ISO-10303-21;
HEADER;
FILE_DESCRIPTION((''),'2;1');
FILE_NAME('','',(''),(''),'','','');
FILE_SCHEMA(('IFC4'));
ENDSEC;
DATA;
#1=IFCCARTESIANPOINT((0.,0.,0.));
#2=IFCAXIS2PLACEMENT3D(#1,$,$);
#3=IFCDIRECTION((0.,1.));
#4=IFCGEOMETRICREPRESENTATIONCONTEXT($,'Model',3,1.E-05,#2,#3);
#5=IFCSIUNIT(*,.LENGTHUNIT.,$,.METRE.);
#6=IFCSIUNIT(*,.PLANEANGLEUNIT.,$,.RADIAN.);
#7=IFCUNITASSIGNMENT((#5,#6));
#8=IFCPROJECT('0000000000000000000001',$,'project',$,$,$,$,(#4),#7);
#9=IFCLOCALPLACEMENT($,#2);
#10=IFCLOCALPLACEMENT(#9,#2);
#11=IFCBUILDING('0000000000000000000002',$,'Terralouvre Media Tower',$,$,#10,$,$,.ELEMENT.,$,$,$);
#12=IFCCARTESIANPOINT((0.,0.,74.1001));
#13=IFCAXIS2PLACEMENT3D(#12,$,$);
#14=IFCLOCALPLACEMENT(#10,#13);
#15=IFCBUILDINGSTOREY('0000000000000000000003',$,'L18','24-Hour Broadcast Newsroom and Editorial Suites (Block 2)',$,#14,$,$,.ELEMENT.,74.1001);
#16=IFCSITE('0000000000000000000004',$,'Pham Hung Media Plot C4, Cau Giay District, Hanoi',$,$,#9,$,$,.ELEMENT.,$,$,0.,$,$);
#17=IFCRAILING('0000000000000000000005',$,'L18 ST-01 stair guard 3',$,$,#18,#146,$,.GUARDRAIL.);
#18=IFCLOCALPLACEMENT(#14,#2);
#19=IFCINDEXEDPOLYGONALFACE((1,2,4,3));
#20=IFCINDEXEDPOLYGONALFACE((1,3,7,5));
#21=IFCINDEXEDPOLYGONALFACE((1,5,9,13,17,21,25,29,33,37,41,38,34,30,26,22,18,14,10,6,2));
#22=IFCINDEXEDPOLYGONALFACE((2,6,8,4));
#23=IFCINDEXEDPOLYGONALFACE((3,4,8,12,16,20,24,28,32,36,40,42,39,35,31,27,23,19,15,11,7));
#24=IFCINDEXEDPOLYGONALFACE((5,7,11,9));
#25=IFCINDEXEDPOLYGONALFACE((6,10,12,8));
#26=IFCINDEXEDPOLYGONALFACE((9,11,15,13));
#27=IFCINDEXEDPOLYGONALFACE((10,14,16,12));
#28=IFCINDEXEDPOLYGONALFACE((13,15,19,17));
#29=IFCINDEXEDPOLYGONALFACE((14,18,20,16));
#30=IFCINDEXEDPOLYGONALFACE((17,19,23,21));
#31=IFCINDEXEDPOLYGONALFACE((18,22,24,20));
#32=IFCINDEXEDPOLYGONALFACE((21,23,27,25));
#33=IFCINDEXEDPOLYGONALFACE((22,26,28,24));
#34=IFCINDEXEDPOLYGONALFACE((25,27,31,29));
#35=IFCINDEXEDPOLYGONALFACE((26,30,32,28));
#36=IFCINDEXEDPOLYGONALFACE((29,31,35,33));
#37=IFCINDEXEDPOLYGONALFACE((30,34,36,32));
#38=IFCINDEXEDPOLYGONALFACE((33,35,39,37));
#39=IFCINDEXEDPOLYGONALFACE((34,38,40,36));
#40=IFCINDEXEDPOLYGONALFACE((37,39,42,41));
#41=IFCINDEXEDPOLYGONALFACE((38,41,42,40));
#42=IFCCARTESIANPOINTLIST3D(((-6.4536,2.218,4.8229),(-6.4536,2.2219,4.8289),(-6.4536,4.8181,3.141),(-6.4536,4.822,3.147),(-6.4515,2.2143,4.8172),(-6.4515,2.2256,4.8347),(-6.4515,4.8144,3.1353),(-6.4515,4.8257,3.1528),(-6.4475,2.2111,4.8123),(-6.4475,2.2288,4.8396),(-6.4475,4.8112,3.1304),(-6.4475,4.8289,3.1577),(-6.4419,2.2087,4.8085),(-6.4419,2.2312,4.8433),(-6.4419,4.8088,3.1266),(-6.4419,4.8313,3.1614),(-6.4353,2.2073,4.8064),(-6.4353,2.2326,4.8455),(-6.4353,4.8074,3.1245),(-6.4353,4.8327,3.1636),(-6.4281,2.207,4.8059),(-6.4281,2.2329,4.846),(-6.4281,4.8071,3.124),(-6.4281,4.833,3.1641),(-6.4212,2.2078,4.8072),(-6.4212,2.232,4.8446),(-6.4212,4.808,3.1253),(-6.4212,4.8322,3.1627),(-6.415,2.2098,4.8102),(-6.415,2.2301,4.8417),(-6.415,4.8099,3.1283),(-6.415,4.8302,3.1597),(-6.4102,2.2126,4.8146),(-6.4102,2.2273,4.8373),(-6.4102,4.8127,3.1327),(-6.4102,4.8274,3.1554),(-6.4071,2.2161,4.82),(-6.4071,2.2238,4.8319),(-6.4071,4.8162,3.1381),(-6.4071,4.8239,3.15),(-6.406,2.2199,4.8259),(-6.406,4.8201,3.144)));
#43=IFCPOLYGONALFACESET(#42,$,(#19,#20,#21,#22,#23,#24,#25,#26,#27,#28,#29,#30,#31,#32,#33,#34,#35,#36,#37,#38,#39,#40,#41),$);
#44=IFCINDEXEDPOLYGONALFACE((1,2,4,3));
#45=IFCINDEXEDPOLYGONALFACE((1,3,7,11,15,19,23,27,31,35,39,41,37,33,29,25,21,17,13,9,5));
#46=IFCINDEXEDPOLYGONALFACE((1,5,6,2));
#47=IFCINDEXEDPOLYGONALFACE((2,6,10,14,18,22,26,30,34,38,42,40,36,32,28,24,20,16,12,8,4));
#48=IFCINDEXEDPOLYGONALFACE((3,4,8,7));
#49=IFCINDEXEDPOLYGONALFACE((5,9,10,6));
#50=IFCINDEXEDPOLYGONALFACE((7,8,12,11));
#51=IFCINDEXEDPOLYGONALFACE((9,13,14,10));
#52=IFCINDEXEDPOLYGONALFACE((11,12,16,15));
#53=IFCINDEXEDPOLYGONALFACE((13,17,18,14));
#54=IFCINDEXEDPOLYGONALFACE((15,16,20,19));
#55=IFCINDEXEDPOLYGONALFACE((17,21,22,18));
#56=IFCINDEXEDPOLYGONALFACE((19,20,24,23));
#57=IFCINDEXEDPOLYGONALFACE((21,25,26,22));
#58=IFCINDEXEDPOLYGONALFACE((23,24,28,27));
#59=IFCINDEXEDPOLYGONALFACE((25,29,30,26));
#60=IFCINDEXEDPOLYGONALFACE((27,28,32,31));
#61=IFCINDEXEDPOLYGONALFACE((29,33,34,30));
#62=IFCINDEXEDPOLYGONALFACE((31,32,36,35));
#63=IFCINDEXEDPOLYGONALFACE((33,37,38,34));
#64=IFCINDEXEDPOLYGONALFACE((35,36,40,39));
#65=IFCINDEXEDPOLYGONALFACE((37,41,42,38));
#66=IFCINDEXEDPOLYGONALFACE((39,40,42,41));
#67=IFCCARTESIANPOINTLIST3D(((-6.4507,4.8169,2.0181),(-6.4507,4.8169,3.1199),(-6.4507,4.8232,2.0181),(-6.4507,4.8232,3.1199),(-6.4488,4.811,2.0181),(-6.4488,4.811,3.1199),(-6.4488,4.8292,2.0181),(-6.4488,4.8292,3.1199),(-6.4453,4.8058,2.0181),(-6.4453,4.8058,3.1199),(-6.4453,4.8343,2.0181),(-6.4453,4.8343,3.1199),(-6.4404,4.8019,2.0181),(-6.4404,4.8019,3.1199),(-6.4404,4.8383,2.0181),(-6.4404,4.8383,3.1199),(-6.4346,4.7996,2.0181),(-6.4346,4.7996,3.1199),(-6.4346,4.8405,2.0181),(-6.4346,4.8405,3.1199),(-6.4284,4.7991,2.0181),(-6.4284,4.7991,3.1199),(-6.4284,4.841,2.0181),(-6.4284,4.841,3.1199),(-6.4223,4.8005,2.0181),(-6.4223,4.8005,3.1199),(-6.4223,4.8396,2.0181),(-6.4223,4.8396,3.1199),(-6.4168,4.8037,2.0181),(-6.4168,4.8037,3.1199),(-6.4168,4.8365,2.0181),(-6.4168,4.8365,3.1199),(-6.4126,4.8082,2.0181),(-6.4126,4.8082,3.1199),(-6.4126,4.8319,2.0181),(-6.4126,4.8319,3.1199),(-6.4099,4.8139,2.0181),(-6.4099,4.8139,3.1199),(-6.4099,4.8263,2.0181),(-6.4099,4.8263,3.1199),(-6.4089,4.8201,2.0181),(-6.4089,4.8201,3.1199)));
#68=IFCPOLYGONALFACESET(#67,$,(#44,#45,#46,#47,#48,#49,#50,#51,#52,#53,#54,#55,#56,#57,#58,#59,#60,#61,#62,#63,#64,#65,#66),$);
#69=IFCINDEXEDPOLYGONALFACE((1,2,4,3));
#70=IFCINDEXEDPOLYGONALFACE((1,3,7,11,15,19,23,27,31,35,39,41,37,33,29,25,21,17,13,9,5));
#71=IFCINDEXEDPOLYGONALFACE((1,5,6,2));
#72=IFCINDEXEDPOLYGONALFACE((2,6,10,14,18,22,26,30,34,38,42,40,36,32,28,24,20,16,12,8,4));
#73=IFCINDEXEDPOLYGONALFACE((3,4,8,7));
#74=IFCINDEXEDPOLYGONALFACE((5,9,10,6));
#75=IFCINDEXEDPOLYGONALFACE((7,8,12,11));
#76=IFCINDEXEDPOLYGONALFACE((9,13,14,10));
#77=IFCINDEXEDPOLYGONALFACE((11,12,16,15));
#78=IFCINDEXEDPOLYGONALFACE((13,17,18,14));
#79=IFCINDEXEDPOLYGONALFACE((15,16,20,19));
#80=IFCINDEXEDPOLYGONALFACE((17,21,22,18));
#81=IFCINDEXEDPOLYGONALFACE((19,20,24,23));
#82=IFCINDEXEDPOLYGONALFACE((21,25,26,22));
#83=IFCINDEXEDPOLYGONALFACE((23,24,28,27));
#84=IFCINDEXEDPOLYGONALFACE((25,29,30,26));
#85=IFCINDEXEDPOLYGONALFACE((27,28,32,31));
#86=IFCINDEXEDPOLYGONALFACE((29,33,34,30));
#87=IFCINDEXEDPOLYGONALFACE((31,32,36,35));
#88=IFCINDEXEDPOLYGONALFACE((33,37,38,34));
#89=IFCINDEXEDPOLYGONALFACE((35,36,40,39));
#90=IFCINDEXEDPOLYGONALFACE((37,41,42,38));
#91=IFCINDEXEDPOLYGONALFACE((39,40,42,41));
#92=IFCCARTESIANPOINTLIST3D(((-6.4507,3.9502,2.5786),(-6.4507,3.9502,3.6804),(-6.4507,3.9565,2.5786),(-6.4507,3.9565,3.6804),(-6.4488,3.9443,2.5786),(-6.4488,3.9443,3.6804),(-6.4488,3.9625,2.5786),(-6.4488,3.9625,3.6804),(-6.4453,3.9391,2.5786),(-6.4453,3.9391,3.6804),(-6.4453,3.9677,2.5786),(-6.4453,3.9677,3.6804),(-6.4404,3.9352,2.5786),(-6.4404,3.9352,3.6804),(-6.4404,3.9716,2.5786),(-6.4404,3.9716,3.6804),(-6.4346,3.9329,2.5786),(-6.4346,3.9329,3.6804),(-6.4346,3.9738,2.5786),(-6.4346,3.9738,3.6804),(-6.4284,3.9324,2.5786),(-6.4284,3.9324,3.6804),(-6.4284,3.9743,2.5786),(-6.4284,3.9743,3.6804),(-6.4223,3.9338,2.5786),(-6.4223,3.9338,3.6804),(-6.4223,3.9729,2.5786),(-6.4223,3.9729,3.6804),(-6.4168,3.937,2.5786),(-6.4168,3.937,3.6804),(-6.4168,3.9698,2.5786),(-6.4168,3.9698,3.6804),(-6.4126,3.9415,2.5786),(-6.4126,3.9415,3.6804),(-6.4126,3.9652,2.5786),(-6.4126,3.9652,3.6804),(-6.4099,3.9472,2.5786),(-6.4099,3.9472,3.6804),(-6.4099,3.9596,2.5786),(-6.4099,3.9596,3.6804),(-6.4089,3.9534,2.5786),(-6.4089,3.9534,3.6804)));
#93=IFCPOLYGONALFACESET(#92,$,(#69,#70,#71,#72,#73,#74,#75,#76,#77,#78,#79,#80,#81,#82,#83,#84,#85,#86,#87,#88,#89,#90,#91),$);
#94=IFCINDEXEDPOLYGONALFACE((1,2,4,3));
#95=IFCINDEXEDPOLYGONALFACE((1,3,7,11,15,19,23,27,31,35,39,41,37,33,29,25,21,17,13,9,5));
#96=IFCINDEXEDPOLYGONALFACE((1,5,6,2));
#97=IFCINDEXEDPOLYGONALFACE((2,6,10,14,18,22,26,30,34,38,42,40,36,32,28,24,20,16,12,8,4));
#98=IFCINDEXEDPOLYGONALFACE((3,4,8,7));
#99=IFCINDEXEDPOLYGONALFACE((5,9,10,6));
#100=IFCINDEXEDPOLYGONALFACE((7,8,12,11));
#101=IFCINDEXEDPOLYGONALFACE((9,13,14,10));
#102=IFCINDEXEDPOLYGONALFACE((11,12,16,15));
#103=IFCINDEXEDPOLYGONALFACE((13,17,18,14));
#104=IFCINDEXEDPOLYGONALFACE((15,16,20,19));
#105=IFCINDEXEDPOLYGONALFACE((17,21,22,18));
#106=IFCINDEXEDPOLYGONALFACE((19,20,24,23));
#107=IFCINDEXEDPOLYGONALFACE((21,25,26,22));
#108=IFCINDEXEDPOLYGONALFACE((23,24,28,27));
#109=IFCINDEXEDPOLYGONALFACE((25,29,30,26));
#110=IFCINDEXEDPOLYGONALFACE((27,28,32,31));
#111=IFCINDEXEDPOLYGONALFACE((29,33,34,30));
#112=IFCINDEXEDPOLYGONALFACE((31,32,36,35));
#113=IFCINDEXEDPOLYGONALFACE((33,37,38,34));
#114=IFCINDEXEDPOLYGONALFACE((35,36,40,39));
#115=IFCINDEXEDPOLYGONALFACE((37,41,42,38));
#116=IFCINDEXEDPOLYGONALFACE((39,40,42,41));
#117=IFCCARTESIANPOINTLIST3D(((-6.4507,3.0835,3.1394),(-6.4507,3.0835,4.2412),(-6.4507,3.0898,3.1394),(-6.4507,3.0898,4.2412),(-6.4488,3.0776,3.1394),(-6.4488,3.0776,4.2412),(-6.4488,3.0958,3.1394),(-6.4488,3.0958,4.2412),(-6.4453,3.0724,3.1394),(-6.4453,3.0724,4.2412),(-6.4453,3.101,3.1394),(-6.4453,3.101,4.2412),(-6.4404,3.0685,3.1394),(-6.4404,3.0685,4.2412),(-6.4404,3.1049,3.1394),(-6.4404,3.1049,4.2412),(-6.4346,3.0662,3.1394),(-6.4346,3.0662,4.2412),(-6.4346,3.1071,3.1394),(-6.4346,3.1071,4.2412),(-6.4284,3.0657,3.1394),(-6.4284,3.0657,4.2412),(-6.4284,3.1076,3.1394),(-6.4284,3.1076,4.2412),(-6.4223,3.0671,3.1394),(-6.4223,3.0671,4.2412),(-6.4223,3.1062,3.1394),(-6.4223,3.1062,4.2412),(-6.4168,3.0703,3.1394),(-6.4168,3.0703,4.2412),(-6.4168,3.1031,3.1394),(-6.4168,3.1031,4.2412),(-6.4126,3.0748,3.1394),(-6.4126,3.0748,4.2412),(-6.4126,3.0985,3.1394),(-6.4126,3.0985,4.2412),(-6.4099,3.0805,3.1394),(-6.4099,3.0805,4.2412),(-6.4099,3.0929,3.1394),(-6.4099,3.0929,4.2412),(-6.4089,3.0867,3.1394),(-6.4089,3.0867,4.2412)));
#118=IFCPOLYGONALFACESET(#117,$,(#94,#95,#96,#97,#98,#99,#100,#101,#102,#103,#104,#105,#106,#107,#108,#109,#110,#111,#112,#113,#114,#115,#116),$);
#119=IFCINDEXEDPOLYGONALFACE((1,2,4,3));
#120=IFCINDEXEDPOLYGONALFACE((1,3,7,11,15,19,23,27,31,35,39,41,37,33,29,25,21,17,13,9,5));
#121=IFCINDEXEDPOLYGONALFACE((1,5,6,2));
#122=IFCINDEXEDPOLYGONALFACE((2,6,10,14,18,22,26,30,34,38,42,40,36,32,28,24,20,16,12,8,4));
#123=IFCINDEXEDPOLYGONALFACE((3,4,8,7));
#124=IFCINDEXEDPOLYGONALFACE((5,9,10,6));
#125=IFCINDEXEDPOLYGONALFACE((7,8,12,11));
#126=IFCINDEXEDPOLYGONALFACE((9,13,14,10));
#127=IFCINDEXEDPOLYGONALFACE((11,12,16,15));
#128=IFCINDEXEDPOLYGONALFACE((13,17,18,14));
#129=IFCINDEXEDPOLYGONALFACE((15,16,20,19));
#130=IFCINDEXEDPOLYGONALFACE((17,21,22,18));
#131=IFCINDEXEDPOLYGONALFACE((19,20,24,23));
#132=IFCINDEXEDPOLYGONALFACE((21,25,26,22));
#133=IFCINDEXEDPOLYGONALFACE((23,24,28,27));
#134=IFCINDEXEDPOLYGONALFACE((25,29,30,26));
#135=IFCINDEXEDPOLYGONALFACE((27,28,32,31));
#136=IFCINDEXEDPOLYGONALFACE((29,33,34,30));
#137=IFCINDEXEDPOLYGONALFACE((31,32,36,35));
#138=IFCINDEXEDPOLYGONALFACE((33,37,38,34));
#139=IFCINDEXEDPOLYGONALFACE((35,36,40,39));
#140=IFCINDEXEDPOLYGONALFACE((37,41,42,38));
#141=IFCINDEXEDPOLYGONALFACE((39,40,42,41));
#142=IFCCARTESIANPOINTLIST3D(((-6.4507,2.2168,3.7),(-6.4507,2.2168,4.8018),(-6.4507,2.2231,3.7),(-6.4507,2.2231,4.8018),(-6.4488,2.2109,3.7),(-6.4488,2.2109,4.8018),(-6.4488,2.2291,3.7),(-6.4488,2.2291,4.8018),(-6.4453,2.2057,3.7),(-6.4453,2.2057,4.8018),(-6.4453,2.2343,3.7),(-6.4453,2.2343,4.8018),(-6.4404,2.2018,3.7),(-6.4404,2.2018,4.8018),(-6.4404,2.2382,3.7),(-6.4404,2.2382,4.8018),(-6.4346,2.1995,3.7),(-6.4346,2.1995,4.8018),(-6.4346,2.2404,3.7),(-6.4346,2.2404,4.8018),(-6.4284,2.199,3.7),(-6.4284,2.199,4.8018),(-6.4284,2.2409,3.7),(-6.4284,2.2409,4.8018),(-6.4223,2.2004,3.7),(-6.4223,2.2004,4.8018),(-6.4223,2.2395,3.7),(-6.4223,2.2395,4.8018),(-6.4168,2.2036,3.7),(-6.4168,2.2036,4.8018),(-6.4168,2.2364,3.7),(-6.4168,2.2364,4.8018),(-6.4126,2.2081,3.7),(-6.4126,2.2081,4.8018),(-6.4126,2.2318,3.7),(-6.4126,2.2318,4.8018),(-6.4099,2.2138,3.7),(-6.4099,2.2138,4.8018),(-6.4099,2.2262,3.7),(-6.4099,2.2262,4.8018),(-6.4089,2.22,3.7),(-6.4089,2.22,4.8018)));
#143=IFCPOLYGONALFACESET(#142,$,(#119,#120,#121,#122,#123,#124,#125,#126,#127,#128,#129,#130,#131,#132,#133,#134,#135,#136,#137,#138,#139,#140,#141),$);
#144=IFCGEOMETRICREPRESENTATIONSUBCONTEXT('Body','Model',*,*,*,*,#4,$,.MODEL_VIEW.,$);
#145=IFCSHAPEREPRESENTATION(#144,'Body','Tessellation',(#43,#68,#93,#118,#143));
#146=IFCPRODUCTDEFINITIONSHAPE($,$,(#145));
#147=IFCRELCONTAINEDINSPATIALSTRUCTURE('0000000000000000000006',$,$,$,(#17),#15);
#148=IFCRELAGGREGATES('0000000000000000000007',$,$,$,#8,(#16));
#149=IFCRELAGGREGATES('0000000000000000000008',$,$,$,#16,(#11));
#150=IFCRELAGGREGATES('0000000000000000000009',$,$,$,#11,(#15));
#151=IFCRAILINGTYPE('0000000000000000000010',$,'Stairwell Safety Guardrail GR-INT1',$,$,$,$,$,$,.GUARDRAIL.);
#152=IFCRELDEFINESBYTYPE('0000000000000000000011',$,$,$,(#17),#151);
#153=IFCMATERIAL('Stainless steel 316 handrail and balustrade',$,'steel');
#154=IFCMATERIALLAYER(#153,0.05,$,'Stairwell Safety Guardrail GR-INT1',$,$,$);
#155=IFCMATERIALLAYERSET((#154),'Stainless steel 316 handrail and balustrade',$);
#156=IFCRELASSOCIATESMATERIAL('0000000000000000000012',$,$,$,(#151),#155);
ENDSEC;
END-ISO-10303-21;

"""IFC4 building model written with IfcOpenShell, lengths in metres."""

from ifc_helpers import new_model, si_unit, direction, frame, origin, origin_2d, place, context, subcontext, project, spatial, circle, extrude, material, layer, layer_set, type_object, element, save


model = new_model("IFC4")

# Units and contexts
model_context = context("Model", 3, precision=1e-05, world=origin(), true_north=direction((0.0, 1.0)))
body_context = subcontext(model_context, "Body", "Model", "MODEL_VIEW")
ifc_project = project(units=[si_unit("LENGTHUNIT", "METRE"), si_unit("PLANEANGLEUNIT", "RADIAN")], contexts=[model_context])

# Site, building, storey
site_placement = place(None, origin())
site = spatial("IfcSite", under=ifc_project, at=site_placement, Name="Pham Hung Media Plot C4, Cau Giay District, Hanoi", CompositionType="ELEMENT", RefElevation=0.0)
building_placement = place(site_placement, origin())
building = spatial("IfcBuilding", under=site, at=building_placement, Name="Terralouvre Media Tower", CompositionType="ELEMENT")
storey_placement = place(building_placement, frame((0.0, 0.0, 74.1001)))
storey = spatial("IfcBuildingStorey", under=building, at=storey_placement, Name="L18", Description="24-Hour Broadcast Newsroom and Editorial Suites (Block 2)", CompositionType="ELEMENT", Elevation=74.1001)

# Railing
ifc_material_1 = material(Name="Stainless steel 316 handrail and balustrade", Category="steel")
ifc_layer_1 = layer(ifc_material_1, 0.05, Name="Stairwell Safety Guardrail GR-INT1")
ifc_layer_set_1 = layer_set([ifc_layer_1], Name="Stainless steel 316 handrail and balustrade")
railing_type_1 = type_object("IfcRailingType", Name="Stairwell Safety Guardrail GR-INT1", PredefinedType="GUARDRAIL", material=ifc_layer_set_1)
railing_1_placement = place(storey_placement, frame((-6.4299, 4.8201, 2.0181)))
element("IfcRailing", 1, at=railing_1_placement, inside=storey, type_object=railing_type_1, Name="L18 ST-01 stair guard 3", PredefinedType="GUARDRAIL", context=body_context, shape_type="SweptSolid", body=[
    extrude(circle(Radius=0.0239, at=origin_2d()), frame((0.0, 0.0, 1.126), z_axis=(0.0, -0.839648, 0.54313), x_axis=(1.0, 0.0, 0.0)), (0.0, 0.0, 1.0), 3.0967),
    extrude(circle(Radius=0.021, at=origin_2d()), origin(), (0.0, 0.0, 1.0), 1.1018),
    extrude(circle(Radius=0.021, at=origin_2d()), frame((0.0, -0.8667, 0.5605)), (0.0, 0.0, 1.0), 1.1018),
    extrude(circle(Radius=0.021, at=origin_2d()), frame((0.0, -1.7334, 1.1213)), (0.0, 0.0, 1.0), 1.1018),
    extrude(circle(Radius=0.021, at=origin_2d()), frame((0.0, -2.6001, 1.6819)), (0.0, 0.0, 1.0), 1.1018),
])

save(model, "model.ifc")
